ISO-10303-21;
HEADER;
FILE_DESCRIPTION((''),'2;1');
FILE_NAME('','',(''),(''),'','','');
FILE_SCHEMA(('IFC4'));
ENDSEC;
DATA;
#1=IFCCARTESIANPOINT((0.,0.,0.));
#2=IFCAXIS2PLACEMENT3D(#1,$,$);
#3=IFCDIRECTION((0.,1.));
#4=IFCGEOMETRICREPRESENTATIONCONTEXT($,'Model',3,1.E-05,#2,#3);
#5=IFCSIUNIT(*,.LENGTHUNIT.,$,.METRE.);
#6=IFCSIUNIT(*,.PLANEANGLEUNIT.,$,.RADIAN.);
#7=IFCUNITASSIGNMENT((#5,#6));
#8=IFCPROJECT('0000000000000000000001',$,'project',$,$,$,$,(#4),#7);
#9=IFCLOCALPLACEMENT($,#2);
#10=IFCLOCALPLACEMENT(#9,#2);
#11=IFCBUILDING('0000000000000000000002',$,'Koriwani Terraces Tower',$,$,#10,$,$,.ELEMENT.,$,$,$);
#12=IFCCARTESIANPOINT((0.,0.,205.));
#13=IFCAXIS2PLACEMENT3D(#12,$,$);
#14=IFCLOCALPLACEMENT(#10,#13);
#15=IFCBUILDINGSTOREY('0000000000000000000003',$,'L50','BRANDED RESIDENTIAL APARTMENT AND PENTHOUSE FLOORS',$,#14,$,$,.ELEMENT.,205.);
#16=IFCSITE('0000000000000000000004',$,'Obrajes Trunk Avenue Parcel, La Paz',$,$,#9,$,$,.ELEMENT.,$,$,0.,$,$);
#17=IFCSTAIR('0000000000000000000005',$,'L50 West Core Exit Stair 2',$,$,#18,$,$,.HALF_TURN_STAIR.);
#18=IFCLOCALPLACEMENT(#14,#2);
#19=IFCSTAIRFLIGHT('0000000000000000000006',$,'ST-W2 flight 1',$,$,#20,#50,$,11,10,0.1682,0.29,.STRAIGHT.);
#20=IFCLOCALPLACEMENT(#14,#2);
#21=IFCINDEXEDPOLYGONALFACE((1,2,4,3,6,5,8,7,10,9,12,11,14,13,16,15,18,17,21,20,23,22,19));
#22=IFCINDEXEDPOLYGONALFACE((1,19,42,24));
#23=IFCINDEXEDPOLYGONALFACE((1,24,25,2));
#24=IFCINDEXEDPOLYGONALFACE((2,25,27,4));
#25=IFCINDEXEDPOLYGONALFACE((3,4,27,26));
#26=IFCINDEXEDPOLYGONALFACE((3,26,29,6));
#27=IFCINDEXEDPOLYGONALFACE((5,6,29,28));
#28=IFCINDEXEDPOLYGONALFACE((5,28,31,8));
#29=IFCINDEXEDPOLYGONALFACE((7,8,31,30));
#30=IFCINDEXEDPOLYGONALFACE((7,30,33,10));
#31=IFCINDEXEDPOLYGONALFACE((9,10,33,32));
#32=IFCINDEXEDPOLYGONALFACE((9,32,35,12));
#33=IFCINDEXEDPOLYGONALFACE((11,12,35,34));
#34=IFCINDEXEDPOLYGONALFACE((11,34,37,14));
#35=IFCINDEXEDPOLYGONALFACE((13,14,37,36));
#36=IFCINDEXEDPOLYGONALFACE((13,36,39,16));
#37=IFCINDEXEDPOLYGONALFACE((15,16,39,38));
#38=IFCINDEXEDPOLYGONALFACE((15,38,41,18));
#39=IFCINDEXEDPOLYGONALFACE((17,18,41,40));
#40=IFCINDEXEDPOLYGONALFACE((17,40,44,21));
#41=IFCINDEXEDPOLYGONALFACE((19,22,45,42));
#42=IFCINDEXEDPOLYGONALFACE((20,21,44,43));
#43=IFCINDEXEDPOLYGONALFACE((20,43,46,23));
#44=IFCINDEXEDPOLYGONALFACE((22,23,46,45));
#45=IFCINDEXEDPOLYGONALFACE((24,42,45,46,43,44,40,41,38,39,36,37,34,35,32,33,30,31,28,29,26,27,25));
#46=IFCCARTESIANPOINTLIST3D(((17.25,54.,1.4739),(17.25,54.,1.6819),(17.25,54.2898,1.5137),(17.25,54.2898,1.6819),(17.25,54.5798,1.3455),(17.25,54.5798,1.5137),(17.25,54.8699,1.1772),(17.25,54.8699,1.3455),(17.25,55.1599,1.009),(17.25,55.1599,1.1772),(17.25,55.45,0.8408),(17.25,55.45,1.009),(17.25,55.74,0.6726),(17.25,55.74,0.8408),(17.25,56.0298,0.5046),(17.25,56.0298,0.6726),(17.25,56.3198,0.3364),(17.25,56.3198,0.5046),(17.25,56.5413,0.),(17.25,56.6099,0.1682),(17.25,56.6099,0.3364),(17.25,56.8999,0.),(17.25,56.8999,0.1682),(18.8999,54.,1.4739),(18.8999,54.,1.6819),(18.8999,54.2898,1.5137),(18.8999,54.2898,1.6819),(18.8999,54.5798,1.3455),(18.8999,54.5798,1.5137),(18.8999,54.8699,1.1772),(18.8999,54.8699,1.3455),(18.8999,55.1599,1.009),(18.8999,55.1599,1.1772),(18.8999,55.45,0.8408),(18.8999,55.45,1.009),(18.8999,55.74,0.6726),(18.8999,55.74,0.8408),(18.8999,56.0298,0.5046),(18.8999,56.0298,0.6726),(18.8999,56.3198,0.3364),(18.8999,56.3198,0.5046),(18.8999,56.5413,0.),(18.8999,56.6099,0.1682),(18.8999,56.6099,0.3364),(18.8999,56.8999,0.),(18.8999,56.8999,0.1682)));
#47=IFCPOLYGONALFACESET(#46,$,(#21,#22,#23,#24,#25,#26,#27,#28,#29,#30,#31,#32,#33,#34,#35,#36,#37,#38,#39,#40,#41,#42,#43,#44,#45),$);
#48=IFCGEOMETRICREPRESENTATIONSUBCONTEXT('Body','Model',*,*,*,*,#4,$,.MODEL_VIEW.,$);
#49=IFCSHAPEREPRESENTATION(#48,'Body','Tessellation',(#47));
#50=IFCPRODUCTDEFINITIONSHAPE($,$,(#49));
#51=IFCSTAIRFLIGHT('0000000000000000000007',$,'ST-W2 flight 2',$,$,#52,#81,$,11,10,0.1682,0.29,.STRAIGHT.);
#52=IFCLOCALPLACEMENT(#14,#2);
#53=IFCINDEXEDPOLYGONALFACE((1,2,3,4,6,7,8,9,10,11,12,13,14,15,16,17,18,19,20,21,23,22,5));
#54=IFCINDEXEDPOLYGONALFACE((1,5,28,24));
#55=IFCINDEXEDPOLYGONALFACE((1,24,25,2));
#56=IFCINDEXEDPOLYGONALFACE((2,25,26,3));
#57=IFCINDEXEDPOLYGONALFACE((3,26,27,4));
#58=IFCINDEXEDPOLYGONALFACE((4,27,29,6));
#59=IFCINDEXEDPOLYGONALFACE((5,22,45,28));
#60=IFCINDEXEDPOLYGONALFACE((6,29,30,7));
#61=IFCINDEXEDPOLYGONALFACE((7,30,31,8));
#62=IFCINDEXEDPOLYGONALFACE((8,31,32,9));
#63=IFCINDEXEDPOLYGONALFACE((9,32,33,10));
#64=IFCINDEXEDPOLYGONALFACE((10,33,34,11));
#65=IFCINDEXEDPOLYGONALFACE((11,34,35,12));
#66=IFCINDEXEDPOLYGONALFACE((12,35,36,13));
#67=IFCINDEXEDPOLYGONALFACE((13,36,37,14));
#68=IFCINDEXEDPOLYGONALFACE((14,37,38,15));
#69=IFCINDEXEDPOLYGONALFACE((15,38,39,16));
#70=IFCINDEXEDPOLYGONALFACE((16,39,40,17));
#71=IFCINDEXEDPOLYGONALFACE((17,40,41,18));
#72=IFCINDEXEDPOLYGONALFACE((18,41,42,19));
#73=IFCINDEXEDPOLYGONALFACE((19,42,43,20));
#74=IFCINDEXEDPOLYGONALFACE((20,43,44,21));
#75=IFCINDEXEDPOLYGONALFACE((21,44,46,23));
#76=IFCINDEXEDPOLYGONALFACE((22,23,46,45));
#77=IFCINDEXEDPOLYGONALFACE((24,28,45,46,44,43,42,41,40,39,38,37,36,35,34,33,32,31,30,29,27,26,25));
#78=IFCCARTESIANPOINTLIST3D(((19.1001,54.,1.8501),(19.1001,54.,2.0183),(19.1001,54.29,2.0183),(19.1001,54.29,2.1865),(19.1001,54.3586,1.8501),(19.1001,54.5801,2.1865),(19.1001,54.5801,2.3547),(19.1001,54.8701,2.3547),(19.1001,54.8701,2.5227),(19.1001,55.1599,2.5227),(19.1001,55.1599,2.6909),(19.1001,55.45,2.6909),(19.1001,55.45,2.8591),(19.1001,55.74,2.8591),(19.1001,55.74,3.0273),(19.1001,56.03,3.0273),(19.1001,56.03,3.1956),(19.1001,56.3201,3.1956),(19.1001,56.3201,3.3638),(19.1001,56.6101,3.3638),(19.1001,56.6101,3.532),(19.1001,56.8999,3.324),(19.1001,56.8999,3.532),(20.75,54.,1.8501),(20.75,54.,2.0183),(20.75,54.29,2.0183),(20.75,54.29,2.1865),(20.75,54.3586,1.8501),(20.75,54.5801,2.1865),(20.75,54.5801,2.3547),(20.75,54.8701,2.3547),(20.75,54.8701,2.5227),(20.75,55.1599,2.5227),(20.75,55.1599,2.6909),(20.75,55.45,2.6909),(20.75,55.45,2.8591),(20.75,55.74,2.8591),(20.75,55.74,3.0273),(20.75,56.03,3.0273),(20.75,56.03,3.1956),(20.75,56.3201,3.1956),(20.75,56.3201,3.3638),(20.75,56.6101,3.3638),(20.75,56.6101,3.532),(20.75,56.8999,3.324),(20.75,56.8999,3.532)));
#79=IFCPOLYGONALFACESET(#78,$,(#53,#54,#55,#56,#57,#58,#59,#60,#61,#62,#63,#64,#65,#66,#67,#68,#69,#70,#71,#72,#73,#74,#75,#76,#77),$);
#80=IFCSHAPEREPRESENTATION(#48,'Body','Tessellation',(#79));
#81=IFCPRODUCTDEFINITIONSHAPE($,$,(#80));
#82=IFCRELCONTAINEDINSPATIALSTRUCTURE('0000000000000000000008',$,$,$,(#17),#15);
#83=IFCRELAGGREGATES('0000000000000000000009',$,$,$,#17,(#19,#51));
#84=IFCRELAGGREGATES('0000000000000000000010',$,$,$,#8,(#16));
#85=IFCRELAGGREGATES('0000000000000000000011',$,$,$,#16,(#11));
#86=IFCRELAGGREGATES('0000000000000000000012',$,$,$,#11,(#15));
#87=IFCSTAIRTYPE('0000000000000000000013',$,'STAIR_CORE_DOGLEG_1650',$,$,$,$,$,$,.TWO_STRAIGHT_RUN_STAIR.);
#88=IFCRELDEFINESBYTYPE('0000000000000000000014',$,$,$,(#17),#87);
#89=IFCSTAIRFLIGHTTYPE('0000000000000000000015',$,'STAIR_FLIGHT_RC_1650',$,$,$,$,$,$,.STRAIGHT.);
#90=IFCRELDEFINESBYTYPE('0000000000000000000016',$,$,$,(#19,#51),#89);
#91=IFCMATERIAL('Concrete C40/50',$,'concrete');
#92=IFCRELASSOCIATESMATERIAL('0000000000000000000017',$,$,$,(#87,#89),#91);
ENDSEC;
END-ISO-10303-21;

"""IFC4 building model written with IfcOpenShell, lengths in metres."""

from ifc_helpers import new_model, si_unit, direction, frame, origin, place, context, subcontext, project, spatial, polyline, outline, extrude, material, type_object, element, aggregate, save


model = new_model("IFC4")

# Units and contexts
model_context = context("Model", 3, precision=1e-05, world=origin(), true_north=direction((0.0, 1.0)))
body_context = subcontext(model_context, "Body", "Model", "MODEL_VIEW")
ifc_project = project(units=[si_unit("LENGTHUNIT", "METRE"), si_unit("PLANEANGLEUNIT", "RADIAN")], contexts=[model_context])

# Site, building, storey
site_placement = place(None, origin())
site = spatial("IfcSite", under=ifc_project, at=site_placement, Name="Obrajes Trunk Avenue Parcel, La Paz", CompositionType="ELEMENT", RefElevation=0.0)
building_placement = place(site_placement, origin())
building = spatial("IfcBuilding", under=site, at=building_placement, Name="Koriwani Terraces Tower", CompositionType="ELEMENT")
storey_placement = place(building_placement, frame((0.0, 0.0, 205.0)))
storey = spatial("IfcBuildingStorey", under=building, at=storey_placement, Name="L50", Description="BRANDED RESIDENTIAL APARTMENT AND PENTHOUSE FLOORS", CompositionType="ELEMENT", Elevation=205.0)

# Shared definitions
ifc_material_1 = material(Name="Concrete C40/50", Category="concrete")

# Stair, stair flights
stair_type = type_object("IfcStairType", Name="STAIR_CORE_DOGLEG_1650", PredefinedType="TWO_STRAIGHT_RUN_STAIR", material=ifc_material_1)
stair_placement = place(storey_placement, origin())
stair = element("IfcStair", 1, at=stair_placement, inside=storey, type_object=stair_type, Name="L50 West Core Exit Stair 2", PredefinedType="HALF_TURN_STAIR")
stair_flight_type = type_object("IfcStairFlightType", Name="STAIR_FLIGHT_RC_1650", PredefinedType="STRAIGHT", material=ifc_material_1)
stair_flight_1_placement = place(storey_placement, frame((18.075, 56.8999, 0.0), z_axis=(0.0, 0.0, 1.0), x_axis=(0.0, -1.0, 0.0)))
stair_flight_1 = element("IfcStairFlight", 2, at=stair_flight_1_placement, type_object=stair_flight_type, Name="ST-W2 flight 1", NumberOfRisers=11, NumberOfTreads=10, PredefinedType="STRAIGHT", RiserHeight=0.1682, TreadLength=0.29, context=body_context, shape_type="SweptSolid", body=[
    extrude(outline(polyline([(0.0, 0.0), (0.0, 0.1682), (0.29, 0.1682), (0.29, 0.3364), (0.5801, 0.3364), (0.5801, 0.5046), (0.8701, 0.5046), (0.8701, 0.6726), (1.1599, 0.6726), (1.1599, 0.8408), (1.45, 0.8408), (1.45, 1.009), (1.74, 1.009), (1.74, 1.1772), (2.03, 1.1772), (2.03, 1.3455), (2.3201, 1.3455), (2.3201, 1.5137), (2.6101, 1.5137), (2.6101, 1.6819), (2.8999, 1.6819), (2.8999, 1.8501), (2.8999, 1.4739), (0.3586, 0.0), (0.0, 0.0)])), frame((0.0, 0.825, 0.0), z_axis=(0.0, -1.0, 0.0), x_axis=(1.0, 0.0, 0.0)), (0.0, 0.0, 1.0), 1.6499),
])
stair_flight_2_placement = place(storey_placement, frame((19.925, 54.0, 1.8501), z_axis=(0.0, 0.0, 1.0), x_axis=(0.0, 1.0, 0.0)))
stair_flight_2 = element("IfcStairFlight", 3, at=stair_flight_2_placement, type_object=stair_flight_type, Name="ST-W2 flight 2", NumberOfRisers=11, NumberOfTreads=10, PredefinedType="STRAIGHT", RiserHeight=0.1682, TreadLength=0.29, context=body_context, shape_type="SweptSolid", body=[
    extrude(outline(polyline([(0.0, 0.0), (0.0, 0.1682), (0.29, 0.1682), (0.29, 0.3364), (0.5801, 0.3364), (0.5801, 0.5046), (0.8701, 0.5046), (0.8701, 0.6726), (1.1599, 0.6726), (1.1599, 0.8408), (1.45, 0.8408), (1.45, 1.009), (1.74, 1.009), (1.74, 1.1772), (2.03, 1.1772), (2.03, 1.3455), (2.3201, 1.3455), (2.3201, 1.5137), (2.6101, 1.5137), (2.6101, 1.6819), (2.8999, 1.6819), (2.8999, 1.8501), (2.8999, 1.4739), (0.3586, 0.0), (0.0, 0.0)])), frame((0.0, 0.825, 0.0), z_axis=(0.0, -1.0, 0.0), x_axis=(1.0, 0.0, 0.0)), (0.0, 0.0, 1.0), 1.6499),
])
aggregate(stair, [stair_flight_1, stair_flight_2])

save(model, "model.ifc")
